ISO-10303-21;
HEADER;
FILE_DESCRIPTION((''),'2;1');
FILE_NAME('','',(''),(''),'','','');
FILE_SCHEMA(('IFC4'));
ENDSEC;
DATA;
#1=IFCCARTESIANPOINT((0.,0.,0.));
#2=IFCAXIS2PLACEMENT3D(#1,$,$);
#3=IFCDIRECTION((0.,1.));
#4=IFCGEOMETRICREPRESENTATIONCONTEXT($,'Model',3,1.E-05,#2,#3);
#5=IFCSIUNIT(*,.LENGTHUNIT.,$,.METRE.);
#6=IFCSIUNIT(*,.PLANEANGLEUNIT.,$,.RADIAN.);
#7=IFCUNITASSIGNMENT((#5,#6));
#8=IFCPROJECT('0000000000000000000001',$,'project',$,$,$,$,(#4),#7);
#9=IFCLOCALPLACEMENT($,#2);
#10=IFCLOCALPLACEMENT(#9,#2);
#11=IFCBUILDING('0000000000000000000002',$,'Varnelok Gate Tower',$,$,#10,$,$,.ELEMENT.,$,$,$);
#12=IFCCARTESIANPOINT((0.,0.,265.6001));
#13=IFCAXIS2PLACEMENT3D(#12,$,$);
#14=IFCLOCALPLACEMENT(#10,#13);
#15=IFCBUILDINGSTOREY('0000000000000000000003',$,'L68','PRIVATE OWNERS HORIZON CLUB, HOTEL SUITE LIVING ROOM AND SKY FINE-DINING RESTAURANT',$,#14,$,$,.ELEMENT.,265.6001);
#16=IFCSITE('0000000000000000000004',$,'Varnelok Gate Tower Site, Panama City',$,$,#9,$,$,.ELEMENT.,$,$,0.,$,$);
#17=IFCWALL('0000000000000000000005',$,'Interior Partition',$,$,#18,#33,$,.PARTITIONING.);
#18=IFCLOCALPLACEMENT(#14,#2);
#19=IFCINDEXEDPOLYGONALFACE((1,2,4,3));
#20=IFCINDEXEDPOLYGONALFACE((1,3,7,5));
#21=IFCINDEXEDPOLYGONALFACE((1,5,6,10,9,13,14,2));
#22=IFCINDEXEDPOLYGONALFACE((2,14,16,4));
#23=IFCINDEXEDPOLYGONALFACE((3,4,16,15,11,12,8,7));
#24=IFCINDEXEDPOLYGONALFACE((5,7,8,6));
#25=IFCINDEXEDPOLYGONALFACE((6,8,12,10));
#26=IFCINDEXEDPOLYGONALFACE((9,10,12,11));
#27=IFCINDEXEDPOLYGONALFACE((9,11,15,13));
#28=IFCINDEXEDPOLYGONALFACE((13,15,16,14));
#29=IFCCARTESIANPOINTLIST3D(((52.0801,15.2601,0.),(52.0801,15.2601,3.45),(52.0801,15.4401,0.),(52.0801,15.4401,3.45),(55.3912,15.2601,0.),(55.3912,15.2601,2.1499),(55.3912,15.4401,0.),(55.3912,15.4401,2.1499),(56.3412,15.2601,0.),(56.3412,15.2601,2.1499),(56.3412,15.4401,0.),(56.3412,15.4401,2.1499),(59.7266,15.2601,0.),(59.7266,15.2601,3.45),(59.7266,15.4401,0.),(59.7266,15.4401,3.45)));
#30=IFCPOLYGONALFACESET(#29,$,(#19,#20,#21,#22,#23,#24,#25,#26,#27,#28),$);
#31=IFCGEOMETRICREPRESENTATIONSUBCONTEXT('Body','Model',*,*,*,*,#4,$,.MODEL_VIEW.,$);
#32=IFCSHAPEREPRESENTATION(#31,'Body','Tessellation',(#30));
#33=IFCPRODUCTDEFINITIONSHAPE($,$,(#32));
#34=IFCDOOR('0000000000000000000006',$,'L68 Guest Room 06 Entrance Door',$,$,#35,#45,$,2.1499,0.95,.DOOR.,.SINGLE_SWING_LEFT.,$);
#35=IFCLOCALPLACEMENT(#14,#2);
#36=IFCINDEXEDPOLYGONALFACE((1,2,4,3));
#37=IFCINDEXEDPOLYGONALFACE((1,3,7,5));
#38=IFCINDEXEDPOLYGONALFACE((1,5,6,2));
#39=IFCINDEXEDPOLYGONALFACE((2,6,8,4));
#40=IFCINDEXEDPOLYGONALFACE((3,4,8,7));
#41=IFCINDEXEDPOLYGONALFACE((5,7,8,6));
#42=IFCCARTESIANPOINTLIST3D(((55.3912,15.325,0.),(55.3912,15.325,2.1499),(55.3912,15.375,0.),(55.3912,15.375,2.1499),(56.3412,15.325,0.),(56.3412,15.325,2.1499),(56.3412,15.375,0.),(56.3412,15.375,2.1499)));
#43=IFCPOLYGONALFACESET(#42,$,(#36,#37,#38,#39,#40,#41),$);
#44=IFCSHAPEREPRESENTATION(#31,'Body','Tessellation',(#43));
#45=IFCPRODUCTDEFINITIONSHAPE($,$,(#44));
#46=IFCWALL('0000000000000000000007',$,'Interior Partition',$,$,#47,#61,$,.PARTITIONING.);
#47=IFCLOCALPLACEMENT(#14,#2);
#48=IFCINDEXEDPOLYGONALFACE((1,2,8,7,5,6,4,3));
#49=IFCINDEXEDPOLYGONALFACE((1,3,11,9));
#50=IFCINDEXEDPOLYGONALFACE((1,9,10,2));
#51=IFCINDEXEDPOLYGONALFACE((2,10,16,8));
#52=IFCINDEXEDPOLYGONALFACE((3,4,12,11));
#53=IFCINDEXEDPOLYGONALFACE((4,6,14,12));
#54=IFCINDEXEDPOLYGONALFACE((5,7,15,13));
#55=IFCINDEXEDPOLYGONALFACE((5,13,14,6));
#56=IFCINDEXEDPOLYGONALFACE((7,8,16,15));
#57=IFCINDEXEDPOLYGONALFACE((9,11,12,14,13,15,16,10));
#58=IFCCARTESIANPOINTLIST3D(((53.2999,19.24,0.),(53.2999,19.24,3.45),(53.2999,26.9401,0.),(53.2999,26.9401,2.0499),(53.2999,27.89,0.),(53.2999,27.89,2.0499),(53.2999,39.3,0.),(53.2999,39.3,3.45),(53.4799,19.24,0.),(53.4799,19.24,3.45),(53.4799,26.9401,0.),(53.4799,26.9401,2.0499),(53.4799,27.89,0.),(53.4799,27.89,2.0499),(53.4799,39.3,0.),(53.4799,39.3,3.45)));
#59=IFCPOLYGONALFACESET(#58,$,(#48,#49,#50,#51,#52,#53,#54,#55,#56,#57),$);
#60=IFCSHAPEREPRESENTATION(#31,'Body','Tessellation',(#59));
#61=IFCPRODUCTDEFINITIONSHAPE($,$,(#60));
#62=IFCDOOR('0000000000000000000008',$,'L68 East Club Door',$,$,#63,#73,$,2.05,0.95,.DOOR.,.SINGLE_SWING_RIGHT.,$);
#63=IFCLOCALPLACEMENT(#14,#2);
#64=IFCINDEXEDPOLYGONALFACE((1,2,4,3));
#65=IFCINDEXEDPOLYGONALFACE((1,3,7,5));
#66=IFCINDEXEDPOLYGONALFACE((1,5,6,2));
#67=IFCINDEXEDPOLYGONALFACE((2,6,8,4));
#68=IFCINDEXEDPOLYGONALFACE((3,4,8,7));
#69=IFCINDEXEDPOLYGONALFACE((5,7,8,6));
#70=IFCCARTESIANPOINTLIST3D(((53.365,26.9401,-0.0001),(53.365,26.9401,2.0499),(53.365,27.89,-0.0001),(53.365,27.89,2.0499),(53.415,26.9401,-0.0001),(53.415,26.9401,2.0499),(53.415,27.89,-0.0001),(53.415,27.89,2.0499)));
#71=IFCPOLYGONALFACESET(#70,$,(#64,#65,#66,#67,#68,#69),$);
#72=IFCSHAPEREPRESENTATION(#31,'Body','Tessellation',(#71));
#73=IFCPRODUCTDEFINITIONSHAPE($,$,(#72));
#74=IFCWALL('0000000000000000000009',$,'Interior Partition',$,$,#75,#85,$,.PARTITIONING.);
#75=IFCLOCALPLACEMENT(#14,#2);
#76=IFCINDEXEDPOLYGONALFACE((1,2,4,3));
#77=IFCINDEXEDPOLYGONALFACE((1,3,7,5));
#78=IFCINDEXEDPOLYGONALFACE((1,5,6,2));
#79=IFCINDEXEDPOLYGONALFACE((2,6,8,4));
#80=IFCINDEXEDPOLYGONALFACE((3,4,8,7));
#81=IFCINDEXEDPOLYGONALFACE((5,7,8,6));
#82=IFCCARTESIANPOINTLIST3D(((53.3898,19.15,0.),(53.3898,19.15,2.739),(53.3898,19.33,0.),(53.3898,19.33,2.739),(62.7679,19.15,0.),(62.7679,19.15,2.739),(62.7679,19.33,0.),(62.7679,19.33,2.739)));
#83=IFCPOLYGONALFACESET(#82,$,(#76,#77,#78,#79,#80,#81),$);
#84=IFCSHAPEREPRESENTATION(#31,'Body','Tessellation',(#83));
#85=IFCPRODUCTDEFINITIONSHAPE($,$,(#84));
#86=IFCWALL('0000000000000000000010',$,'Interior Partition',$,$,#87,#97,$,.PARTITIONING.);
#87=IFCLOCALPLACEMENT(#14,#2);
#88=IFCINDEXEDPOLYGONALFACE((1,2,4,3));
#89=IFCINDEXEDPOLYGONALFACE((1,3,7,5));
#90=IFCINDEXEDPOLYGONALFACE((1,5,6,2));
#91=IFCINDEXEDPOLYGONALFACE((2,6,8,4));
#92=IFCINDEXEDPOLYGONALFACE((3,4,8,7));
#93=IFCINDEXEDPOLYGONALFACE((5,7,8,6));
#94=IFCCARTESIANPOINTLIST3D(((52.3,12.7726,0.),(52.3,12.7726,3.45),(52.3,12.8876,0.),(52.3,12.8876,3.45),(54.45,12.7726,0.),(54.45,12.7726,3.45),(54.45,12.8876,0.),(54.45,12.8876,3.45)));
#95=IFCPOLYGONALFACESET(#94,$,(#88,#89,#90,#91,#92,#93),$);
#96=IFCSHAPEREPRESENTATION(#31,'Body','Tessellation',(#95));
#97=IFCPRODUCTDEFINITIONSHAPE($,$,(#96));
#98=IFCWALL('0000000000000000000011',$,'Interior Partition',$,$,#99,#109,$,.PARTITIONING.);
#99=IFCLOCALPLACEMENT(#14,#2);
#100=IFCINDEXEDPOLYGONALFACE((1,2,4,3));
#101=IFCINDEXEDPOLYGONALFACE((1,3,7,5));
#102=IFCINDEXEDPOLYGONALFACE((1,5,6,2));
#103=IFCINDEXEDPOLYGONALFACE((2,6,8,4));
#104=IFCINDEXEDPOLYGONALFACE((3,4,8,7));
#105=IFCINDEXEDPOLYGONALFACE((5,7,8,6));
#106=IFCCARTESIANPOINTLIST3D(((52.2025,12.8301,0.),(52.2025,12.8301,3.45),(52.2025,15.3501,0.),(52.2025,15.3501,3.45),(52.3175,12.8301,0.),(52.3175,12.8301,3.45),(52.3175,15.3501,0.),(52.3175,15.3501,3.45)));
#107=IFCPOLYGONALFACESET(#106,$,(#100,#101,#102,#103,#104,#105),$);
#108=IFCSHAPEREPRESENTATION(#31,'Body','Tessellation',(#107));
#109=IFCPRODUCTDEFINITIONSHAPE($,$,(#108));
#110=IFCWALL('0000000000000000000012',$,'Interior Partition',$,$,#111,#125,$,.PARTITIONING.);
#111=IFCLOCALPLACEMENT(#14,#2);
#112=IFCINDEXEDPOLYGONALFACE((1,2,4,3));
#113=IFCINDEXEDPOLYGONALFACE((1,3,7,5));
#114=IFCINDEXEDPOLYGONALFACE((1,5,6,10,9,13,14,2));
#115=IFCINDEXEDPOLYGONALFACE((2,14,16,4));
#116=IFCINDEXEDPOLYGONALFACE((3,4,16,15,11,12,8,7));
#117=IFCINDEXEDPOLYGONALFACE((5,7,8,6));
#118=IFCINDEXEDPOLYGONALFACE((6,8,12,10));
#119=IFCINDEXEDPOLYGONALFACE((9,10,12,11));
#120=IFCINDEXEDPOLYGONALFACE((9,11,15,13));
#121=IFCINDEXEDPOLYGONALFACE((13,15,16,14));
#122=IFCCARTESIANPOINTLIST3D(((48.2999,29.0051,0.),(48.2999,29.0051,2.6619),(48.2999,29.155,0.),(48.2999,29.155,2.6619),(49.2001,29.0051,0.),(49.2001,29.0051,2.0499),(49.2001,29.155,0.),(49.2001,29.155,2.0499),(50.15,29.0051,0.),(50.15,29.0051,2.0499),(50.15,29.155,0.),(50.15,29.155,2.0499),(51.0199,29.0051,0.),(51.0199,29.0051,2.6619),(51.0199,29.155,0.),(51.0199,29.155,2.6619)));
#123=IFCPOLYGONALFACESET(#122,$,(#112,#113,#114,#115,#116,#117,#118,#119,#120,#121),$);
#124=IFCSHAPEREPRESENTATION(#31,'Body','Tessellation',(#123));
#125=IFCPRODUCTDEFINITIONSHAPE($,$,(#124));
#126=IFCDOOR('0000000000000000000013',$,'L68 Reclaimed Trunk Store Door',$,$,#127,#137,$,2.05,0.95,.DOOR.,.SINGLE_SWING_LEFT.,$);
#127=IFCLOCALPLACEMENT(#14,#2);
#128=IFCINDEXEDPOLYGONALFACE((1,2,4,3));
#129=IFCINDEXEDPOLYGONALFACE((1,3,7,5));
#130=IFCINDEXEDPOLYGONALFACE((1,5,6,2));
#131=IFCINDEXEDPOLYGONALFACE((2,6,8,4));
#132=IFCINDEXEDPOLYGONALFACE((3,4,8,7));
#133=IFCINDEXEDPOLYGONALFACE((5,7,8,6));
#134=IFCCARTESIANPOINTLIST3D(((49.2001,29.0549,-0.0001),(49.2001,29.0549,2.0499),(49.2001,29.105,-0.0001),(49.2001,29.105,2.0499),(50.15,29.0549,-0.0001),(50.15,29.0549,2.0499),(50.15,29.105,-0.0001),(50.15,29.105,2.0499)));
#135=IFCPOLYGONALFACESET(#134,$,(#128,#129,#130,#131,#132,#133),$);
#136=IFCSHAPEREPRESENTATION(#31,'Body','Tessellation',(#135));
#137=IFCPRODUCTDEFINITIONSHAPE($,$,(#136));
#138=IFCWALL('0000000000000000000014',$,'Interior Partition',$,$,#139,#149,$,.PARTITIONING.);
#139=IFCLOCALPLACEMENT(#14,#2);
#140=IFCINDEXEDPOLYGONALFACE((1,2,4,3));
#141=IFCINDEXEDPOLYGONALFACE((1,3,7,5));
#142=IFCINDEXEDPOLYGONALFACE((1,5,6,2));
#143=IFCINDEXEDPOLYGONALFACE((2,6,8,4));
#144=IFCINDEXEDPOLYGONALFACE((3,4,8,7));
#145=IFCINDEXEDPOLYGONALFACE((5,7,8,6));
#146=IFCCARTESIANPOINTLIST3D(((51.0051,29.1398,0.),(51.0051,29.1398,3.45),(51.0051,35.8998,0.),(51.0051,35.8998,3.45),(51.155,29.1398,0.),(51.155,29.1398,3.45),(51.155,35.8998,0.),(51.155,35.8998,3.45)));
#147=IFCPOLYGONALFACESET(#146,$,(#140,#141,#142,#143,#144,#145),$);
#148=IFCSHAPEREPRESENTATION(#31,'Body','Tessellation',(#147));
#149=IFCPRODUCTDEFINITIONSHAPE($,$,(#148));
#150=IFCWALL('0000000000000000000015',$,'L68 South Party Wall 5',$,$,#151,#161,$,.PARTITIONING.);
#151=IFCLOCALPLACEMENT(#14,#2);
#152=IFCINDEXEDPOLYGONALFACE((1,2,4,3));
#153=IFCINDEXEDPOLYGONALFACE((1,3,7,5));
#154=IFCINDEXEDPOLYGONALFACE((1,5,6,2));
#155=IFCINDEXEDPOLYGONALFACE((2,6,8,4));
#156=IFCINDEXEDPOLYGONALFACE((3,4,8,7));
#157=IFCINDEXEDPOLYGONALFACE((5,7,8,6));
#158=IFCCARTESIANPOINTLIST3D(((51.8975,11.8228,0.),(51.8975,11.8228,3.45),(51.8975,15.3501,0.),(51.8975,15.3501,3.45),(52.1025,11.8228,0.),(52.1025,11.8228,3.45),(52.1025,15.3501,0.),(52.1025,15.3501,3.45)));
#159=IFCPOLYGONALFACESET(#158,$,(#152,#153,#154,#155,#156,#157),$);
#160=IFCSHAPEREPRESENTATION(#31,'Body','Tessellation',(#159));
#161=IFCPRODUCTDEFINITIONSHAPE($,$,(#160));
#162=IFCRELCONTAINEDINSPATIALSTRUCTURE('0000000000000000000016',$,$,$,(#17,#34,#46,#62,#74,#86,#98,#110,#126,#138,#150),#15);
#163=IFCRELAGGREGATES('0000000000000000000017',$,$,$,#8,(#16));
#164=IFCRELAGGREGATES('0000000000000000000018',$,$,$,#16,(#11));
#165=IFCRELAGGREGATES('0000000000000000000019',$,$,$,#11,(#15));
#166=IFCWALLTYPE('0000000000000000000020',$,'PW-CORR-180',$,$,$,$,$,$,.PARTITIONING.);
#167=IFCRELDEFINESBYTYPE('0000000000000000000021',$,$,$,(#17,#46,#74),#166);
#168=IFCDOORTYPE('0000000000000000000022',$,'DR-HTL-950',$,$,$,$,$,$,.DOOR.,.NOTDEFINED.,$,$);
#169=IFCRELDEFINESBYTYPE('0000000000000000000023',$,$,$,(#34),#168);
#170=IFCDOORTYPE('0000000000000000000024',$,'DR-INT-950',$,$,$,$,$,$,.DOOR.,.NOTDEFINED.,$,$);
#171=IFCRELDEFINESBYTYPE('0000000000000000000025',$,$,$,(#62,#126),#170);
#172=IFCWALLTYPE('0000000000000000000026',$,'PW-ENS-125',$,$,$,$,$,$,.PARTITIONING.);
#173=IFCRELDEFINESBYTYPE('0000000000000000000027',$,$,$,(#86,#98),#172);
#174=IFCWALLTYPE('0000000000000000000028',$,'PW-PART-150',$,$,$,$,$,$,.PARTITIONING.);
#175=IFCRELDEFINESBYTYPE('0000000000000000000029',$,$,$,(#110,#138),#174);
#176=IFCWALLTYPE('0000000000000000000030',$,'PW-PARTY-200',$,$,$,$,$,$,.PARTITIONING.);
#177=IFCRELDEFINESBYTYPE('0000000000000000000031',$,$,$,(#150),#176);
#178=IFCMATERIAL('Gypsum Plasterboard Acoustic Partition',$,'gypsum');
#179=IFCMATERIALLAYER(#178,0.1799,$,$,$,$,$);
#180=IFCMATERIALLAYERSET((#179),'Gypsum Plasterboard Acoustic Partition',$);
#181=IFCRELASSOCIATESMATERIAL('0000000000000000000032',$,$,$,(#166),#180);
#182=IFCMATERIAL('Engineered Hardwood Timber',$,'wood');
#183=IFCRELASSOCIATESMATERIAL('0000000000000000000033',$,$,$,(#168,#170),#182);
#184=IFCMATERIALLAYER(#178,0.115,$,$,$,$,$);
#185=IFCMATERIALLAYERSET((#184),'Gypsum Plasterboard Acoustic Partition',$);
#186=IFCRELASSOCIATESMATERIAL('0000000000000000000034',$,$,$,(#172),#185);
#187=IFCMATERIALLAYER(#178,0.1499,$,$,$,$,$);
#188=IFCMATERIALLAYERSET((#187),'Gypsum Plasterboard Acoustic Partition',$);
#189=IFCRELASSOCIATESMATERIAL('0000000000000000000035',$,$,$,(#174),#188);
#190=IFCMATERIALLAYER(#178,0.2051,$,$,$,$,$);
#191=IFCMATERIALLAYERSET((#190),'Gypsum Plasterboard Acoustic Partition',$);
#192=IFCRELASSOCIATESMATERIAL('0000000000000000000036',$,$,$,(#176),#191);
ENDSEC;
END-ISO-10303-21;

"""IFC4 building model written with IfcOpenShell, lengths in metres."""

from ifc_helpers import new_model, si_unit, direction, frame, frame_2d, origin, place, context, subcontext, project, spatial, rectangle, extrude, material, layer, layer_set, type_object, element, fill, save


model = new_model("IFC4")

# Units and contexts
model_context = context("Model", 3, precision=1e-05, world=origin(), true_north=direction((0.0, 1.0)))
body_context = subcontext(model_context, "Body", "Model", "MODEL_VIEW")
ifc_project = project(units=[si_unit("LENGTHUNIT", "METRE"), si_unit("PLANEANGLEUNIT", "RADIAN")], contexts=[model_context])

# Site, building, storey
site_placement = place(None, origin())
site = spatial("IfcSite", under=ifc_project, at=site_placement, Name="Varnelok Gate Tower Site, Panama City", CompositionType="ELEMENT", RefElevation=0.0)
building_placement = place(site_placement, origin())
building = spatial("IfcBuilding", under=site, at=building_placement, Name="Varnelok Gate Tower", CompositionType="ELEMENT")
storey_placement = place(building_placement, frame((0.0, 0.0, 265.6001)))
storey = spatial("IfcBuildingStorey", under=building, at=storey_placement, Name="L68", Description="PRIVATE OWNERS HORIZON CLUB, HOTEL SUITE LIVING ROOM AND SKY FINE-DINING RESTAURANT", CompositionType="ELEMENT", Elevation=265.6001)

# Walls, openings, doors
ifc_material_1 = material(Name="Gypsum Plasterboard Acoustic Partition", Category="gypsum")
ifc_layer_1 = layer(ifc_material_1, 0.1799)
ifc_layer_set_1 = layer_set([ifc_layer_1], Name="Gypsum Plasterboard Acoustic Partition")
wall_type_1 = type_object("IfcWallType", Name="PW-CORR-180", PredefinedType="PARTITIONING", material=ifc_layer_set_1)
wall_1_placement = place(storey_placement, frame((52.0801, 15.3501, 0.0), z_axis=(0.0, 0.0, 1.0), x_axis=(1.0, 0.0, 0.0)))
wall_1 = element("IfcWall", 1, at=wall_1_placement, inside=storey, type_object=wall_type_1, Name="Interior Partition", PredefinedType="PARTITIONING", context=body_context, shape_type="SweptSolid", body=[
    extrude(rectangle(XDim=7.6465, YDim=0.1799, at=frame_2d((3.8232, 0.0))), origin(), (0.0, 0.0, 1.0), 3.45),
])
opening_1_placement = place(wall_1_placement, frame((3.311, 0.0, 0.0)))
opening_1 = element("IfcOpeningElement", 2, at=opening_1_placement, cuts=wall_1, PredefinedType="OPENING", context=body_context, shape_type="SweptSolid", body=[
    extrude(rectangle(XDim=0.95, YDim=2.1499, at=frame_2d((0.4751, 1.075))), frame((0.0, 0.0999, 0.0), z_axis=(0.0, -1.0, 0.0), x_axis=(1.0, 0.0, 0.0)), (0.0, 0.0, 1.0), 0.2),
])
ifc_material_2 = material(Name="Engineered Hardwood Timber", Category="wood")
door_type_1 = type_object("IfcDoorType", Name="DR-HTL-950", OperationType="NOTDEFINED", PredefinedType="DOOR", material=ifc_material_2)
door_1_placement = place(opening_1_placement, origin())
door_1 = element("IfcDoor", 3, at=door_1_placement, inside=storey, type_object=door_type_1, Name="L68 Guest Room 06 Entrance Door", OperationType="SINGLE_SWING_LEFT", OverallHeight=2.1499, OverallWidth=0.95, PredefinedType="DOOR", context=body_context, shape_type="SweptSolid", body=[
    extrude(rectangle(XDim=0.95, YDim=2.1499, at=frame_2d((0.4751, 1.075))), frame((0.0, 0.0249, 0.0), z_axis=(0.0, -1.0, 0.0), x_axis=(1.0, 0.0, 0.0)), (0.0, 0.0, 1.0), 0.05),
])
fill(opening_1, door_1)
wall_2_placement = place(storey_placement, frame((53.3899, 19.24, 0.0), z_axis=(0.0, 0.0, 1.0), x_axis=(0.0, 1.0, 0.0)))
wall_2 = element("IfcWall", 4, at=wall_2_placement, inside=storey, type_object=wall_type_1, Name="Interior Partition", PredefinedType="PARTITIONING", context=body_context, shape_type="SweptSolid", body=[
    extrude(rectangle(XDim=20.0601, YDim=0.1799, at=frame_2d((10.03, 0.0))), origin(), (0.0, 0.0, 1.0), 3.45),
])
opening_2_placement = place(wall_2_placement, frame((7.7, 0.0, 0.0)))
opening_2 = element("IfcOpeningElement", 5, at=opening_2_placement, cuts=wall_2, PredefinedType="OPENING", context=body_context, shape_type="SweptSolid", body=[
    extrude(rectangle(XDim=0.95, YDim=2.05, at=frame_2d((0.4751, 1.0249))), frame((0.0, 0.0999, 0.0), z_axis=(0.0, -1.0, 0.0), x_axis=(1.0, 0.0, 0.0)), (0.0, 0.0, 1.0), 0.2),
])
door_type_2 = type_object("IfcDoorType", Name="DR-INT-950", OperationType="NOTDEFINED", PredefinedType="DOOR", material=ifc_material_2)
door_2_placement = place(opening_2_placement, origin())
door_2 = element("IfcDoor", 6, at=door_2_placement, inside=storey, type_object=door_type_2, Name="L68 East Club Door", OperationType="SINGLE_SWING_RIGHT", OverallHeight=2.05, OverallWidth=0.95, PredefinedType="DOOR", context=body_context, shape_type="SweptSolid", body=[
    extrude(rectangle(XDim=0.95, YDim=2.05, at=frame_2d((0.4751, 1.0249))), frame((0.0, 0.0249, 0.0), z_axis=(0.0, -1.0, 0.0), x_axis=(1.0, 0.0, 0.0)), (0.0, 0.0, 1.0), 0.05),
])
fill(opening_2, door_2)

# Walls
wall_3_placement = place(storey_placement, frame((53.3899, 19.24, 0.0), z_axis=(0.0, 0.0, 1.0), x_axis=(1.0, 0.0, 0.0)))
element("IfcWall", 7, at=wall_3_placement, inside=storey, type_object=wall_type_1, Name="Interior Partition", PredefinedType="PARTITIONING", context=body_context, shape_type="SweptSolid", body=[
    extrude(rectangle(XDim=9.3782, YDim=0.1799, at=frame_2d((4.689, 0.0))), origin(), (0.0, 0.0, 1.0), 2.739),
])
ifc_layer_2 = layer(ifc_material_1, 0.115)
ifc_layer_set_2 = layer_set([ifc_layer_2], Name="Gypsum Plasterboard Acoustic Partition")
wall_type_2 = type_object("IfcWallType", Name="PW-ENS-125", PredefinedType="PARTITIONING", material=ifc_layer_set_2)
wall_4_placement = place(storey_placement, frame((52.3, 12.8301, 0.0), z_axis=(0.0, 0.0, 1.0), x_axis=(1.0, 0.0, 0.0)))
element("IfcWall", 8, at=wall_4_placement, inside=storey, type_object=wall_type_2, Name="Interior Partition", PredefinedType="PARTITIONING", context=body_context, shape_type="SweptSolid", body=[
    extrude(rectangle(XDim=2.1499, YDim=0.115, at=frame_2d((1.075, 0.0))), origin(), (0.0, 0.0, 1.0), 3.45),
])
wall_5_placement = place(storey_placement, frame((52.26, 12.8301, 0.0), z_axis=(0.0, 0.0, 1.0), x_axis=(0.0, 1.0, 0.0)))
element("IfcWall", 9, at=wall_5_placement, inside=storey, type_object=wall_type_2, Name="Interior Partition", PredefinedType="PARTITIONING", context=body_context, shape_type="SweptSolid", body=[
    extrude(rectangle(XDim=2.52, YDim=0.115, at=frame_2d((1.26, 0.0))), origin(), (0.0, 0.0, 1.0), 3.45),
])

# Wall, opening, door
ifc_layer_3 = layer(ifc_material_1, 0.1499)
ifc_layer_set_3 = layer_set([ifc_layer_3], Name="Gypsum Plasterboard Acoustic Partition")
wall_type_3 = type_object("IfcWallType", Name="PW-PART-150", PredefinedType="PARTITIONING", material=ifc_layer_set_3)
wall_6_placement = place(storey_placement, frame((48.3, 29.0801, 0.0), z_axis=(0.0, 0.0, 1.0), x_axis=(1.0, 0.0, 0.0)))
wall_6 = element("IfcWall", 10, at=wall_6_placement, inside=storey, type_object=wall_type_3, Name="Interior Partition", PredefinedType="PARTITIONING", context=body_context, shape_type="SweptSolid", body=[
    extrude(rectangle(XDim=2.72, YDim=0.1499, at=frame_2d((1.3599, 0.0))), origin(), (0.0, 0.0, 1.0), 2.6619),
])
opening_3_placement = place(wall_6_placement, frame((0.8999, 0.0, 0.0)))
opening_3 = element("IfcOpeningElement", 11, at=opening_3_placement, cuts=wall_6, PredefinedType="OPENING", context=body_context, shape_type="SweptSolid", body=[
    extrude(rectangle(XDim=0.95, YDim=2.05, at=frame_2d((0.4751, 1.0249))), frame((0.0, 0.085, 0.0), z_axis=(0.0, -1.0, 0.0), x_axis=(1.0, 0.0, 0.0)), (0.0, 0.0, 1.0), 0.1699),
])
door_3_placement = place(opening_3_placement, origin())
door_3 = element("IfcDoor", 12, at=door_3_placement, inside=storey, type_object=door_type_2, Name="L68 Reclaimed Trunk Store Door", OperationType="SINGLE_SWING_LEFT", OverallHeight=2.05, OverallWidth=0.95, PredefinedType="DOOR", context=body_context, shape_type="SweptSolid", body=[
    extrude(rectangle(XDim=0.95, YDim=2.05, at=frame_2d((0.4751, 1.0249))), frame((0.0, 0.0249, 0.0), z_axis=(0.0, -1.0, 0.0), x_axis=(1.0, 0.0, 0.0)), (0.0, 0.0, 1.0), 0.05),
])
fill(opening_3, door_3)

# Walls
wall_7_placement = place(storey_placement, frame((51.0801, 29.1399, 0.0), z_axis=(0.0, 0.0, 1.0), x_axis=(0.0, 1.0, 0.0)))
element("IfcWall", 13, at=wall_7_placement, inside=storey, type_object=wall_type_3, Name="Interior Partition", PredefinedType="PARTITIONING", context=body_context, shape_type="SweptSolid", body=[
    extrude(rectangle(XDim=6.76, YDim=0.1499, at=frame_2d((3.3799, 0.0))), origin(), (0.0, 0.0, 1.0), 3.45),
])
ifc_layer_4 = layer(ifc_material_1, 0.2051)
ifc_layer_set_4 = layer_set([ifc_layer_4], Name="Gypsum Plasterboard Acoustic Partition")
wall_type_4 = type_object("IfcWallType", Name="PW-PARTY-200", PredefinedType="PARTITIONING", material=ifc_layer_set_4)
wall_8_placement = place(storey_placement, frame((52.0, 11.8228, 0.0), z_axis=(0.0, 0.0, 1.0), x_axis=(0.0, 1.0, 0.0)))
element("IfcWall", 14, at=wall_8_placement, inside=storey, type_object=wall_type_4, Name="L68 South Party Wall 5", PredefinedType="PARTITIONING", context=body_context, shape_type="SweptSolid", body=[
    extrude(rectangle(XDim=3.5273, YDim=0.2051, at=frame_2d((1.7637, 0.0))), origin(), (0.0, 0.0, 1.0), 3.45),
])

save(model, "model.ifc")
